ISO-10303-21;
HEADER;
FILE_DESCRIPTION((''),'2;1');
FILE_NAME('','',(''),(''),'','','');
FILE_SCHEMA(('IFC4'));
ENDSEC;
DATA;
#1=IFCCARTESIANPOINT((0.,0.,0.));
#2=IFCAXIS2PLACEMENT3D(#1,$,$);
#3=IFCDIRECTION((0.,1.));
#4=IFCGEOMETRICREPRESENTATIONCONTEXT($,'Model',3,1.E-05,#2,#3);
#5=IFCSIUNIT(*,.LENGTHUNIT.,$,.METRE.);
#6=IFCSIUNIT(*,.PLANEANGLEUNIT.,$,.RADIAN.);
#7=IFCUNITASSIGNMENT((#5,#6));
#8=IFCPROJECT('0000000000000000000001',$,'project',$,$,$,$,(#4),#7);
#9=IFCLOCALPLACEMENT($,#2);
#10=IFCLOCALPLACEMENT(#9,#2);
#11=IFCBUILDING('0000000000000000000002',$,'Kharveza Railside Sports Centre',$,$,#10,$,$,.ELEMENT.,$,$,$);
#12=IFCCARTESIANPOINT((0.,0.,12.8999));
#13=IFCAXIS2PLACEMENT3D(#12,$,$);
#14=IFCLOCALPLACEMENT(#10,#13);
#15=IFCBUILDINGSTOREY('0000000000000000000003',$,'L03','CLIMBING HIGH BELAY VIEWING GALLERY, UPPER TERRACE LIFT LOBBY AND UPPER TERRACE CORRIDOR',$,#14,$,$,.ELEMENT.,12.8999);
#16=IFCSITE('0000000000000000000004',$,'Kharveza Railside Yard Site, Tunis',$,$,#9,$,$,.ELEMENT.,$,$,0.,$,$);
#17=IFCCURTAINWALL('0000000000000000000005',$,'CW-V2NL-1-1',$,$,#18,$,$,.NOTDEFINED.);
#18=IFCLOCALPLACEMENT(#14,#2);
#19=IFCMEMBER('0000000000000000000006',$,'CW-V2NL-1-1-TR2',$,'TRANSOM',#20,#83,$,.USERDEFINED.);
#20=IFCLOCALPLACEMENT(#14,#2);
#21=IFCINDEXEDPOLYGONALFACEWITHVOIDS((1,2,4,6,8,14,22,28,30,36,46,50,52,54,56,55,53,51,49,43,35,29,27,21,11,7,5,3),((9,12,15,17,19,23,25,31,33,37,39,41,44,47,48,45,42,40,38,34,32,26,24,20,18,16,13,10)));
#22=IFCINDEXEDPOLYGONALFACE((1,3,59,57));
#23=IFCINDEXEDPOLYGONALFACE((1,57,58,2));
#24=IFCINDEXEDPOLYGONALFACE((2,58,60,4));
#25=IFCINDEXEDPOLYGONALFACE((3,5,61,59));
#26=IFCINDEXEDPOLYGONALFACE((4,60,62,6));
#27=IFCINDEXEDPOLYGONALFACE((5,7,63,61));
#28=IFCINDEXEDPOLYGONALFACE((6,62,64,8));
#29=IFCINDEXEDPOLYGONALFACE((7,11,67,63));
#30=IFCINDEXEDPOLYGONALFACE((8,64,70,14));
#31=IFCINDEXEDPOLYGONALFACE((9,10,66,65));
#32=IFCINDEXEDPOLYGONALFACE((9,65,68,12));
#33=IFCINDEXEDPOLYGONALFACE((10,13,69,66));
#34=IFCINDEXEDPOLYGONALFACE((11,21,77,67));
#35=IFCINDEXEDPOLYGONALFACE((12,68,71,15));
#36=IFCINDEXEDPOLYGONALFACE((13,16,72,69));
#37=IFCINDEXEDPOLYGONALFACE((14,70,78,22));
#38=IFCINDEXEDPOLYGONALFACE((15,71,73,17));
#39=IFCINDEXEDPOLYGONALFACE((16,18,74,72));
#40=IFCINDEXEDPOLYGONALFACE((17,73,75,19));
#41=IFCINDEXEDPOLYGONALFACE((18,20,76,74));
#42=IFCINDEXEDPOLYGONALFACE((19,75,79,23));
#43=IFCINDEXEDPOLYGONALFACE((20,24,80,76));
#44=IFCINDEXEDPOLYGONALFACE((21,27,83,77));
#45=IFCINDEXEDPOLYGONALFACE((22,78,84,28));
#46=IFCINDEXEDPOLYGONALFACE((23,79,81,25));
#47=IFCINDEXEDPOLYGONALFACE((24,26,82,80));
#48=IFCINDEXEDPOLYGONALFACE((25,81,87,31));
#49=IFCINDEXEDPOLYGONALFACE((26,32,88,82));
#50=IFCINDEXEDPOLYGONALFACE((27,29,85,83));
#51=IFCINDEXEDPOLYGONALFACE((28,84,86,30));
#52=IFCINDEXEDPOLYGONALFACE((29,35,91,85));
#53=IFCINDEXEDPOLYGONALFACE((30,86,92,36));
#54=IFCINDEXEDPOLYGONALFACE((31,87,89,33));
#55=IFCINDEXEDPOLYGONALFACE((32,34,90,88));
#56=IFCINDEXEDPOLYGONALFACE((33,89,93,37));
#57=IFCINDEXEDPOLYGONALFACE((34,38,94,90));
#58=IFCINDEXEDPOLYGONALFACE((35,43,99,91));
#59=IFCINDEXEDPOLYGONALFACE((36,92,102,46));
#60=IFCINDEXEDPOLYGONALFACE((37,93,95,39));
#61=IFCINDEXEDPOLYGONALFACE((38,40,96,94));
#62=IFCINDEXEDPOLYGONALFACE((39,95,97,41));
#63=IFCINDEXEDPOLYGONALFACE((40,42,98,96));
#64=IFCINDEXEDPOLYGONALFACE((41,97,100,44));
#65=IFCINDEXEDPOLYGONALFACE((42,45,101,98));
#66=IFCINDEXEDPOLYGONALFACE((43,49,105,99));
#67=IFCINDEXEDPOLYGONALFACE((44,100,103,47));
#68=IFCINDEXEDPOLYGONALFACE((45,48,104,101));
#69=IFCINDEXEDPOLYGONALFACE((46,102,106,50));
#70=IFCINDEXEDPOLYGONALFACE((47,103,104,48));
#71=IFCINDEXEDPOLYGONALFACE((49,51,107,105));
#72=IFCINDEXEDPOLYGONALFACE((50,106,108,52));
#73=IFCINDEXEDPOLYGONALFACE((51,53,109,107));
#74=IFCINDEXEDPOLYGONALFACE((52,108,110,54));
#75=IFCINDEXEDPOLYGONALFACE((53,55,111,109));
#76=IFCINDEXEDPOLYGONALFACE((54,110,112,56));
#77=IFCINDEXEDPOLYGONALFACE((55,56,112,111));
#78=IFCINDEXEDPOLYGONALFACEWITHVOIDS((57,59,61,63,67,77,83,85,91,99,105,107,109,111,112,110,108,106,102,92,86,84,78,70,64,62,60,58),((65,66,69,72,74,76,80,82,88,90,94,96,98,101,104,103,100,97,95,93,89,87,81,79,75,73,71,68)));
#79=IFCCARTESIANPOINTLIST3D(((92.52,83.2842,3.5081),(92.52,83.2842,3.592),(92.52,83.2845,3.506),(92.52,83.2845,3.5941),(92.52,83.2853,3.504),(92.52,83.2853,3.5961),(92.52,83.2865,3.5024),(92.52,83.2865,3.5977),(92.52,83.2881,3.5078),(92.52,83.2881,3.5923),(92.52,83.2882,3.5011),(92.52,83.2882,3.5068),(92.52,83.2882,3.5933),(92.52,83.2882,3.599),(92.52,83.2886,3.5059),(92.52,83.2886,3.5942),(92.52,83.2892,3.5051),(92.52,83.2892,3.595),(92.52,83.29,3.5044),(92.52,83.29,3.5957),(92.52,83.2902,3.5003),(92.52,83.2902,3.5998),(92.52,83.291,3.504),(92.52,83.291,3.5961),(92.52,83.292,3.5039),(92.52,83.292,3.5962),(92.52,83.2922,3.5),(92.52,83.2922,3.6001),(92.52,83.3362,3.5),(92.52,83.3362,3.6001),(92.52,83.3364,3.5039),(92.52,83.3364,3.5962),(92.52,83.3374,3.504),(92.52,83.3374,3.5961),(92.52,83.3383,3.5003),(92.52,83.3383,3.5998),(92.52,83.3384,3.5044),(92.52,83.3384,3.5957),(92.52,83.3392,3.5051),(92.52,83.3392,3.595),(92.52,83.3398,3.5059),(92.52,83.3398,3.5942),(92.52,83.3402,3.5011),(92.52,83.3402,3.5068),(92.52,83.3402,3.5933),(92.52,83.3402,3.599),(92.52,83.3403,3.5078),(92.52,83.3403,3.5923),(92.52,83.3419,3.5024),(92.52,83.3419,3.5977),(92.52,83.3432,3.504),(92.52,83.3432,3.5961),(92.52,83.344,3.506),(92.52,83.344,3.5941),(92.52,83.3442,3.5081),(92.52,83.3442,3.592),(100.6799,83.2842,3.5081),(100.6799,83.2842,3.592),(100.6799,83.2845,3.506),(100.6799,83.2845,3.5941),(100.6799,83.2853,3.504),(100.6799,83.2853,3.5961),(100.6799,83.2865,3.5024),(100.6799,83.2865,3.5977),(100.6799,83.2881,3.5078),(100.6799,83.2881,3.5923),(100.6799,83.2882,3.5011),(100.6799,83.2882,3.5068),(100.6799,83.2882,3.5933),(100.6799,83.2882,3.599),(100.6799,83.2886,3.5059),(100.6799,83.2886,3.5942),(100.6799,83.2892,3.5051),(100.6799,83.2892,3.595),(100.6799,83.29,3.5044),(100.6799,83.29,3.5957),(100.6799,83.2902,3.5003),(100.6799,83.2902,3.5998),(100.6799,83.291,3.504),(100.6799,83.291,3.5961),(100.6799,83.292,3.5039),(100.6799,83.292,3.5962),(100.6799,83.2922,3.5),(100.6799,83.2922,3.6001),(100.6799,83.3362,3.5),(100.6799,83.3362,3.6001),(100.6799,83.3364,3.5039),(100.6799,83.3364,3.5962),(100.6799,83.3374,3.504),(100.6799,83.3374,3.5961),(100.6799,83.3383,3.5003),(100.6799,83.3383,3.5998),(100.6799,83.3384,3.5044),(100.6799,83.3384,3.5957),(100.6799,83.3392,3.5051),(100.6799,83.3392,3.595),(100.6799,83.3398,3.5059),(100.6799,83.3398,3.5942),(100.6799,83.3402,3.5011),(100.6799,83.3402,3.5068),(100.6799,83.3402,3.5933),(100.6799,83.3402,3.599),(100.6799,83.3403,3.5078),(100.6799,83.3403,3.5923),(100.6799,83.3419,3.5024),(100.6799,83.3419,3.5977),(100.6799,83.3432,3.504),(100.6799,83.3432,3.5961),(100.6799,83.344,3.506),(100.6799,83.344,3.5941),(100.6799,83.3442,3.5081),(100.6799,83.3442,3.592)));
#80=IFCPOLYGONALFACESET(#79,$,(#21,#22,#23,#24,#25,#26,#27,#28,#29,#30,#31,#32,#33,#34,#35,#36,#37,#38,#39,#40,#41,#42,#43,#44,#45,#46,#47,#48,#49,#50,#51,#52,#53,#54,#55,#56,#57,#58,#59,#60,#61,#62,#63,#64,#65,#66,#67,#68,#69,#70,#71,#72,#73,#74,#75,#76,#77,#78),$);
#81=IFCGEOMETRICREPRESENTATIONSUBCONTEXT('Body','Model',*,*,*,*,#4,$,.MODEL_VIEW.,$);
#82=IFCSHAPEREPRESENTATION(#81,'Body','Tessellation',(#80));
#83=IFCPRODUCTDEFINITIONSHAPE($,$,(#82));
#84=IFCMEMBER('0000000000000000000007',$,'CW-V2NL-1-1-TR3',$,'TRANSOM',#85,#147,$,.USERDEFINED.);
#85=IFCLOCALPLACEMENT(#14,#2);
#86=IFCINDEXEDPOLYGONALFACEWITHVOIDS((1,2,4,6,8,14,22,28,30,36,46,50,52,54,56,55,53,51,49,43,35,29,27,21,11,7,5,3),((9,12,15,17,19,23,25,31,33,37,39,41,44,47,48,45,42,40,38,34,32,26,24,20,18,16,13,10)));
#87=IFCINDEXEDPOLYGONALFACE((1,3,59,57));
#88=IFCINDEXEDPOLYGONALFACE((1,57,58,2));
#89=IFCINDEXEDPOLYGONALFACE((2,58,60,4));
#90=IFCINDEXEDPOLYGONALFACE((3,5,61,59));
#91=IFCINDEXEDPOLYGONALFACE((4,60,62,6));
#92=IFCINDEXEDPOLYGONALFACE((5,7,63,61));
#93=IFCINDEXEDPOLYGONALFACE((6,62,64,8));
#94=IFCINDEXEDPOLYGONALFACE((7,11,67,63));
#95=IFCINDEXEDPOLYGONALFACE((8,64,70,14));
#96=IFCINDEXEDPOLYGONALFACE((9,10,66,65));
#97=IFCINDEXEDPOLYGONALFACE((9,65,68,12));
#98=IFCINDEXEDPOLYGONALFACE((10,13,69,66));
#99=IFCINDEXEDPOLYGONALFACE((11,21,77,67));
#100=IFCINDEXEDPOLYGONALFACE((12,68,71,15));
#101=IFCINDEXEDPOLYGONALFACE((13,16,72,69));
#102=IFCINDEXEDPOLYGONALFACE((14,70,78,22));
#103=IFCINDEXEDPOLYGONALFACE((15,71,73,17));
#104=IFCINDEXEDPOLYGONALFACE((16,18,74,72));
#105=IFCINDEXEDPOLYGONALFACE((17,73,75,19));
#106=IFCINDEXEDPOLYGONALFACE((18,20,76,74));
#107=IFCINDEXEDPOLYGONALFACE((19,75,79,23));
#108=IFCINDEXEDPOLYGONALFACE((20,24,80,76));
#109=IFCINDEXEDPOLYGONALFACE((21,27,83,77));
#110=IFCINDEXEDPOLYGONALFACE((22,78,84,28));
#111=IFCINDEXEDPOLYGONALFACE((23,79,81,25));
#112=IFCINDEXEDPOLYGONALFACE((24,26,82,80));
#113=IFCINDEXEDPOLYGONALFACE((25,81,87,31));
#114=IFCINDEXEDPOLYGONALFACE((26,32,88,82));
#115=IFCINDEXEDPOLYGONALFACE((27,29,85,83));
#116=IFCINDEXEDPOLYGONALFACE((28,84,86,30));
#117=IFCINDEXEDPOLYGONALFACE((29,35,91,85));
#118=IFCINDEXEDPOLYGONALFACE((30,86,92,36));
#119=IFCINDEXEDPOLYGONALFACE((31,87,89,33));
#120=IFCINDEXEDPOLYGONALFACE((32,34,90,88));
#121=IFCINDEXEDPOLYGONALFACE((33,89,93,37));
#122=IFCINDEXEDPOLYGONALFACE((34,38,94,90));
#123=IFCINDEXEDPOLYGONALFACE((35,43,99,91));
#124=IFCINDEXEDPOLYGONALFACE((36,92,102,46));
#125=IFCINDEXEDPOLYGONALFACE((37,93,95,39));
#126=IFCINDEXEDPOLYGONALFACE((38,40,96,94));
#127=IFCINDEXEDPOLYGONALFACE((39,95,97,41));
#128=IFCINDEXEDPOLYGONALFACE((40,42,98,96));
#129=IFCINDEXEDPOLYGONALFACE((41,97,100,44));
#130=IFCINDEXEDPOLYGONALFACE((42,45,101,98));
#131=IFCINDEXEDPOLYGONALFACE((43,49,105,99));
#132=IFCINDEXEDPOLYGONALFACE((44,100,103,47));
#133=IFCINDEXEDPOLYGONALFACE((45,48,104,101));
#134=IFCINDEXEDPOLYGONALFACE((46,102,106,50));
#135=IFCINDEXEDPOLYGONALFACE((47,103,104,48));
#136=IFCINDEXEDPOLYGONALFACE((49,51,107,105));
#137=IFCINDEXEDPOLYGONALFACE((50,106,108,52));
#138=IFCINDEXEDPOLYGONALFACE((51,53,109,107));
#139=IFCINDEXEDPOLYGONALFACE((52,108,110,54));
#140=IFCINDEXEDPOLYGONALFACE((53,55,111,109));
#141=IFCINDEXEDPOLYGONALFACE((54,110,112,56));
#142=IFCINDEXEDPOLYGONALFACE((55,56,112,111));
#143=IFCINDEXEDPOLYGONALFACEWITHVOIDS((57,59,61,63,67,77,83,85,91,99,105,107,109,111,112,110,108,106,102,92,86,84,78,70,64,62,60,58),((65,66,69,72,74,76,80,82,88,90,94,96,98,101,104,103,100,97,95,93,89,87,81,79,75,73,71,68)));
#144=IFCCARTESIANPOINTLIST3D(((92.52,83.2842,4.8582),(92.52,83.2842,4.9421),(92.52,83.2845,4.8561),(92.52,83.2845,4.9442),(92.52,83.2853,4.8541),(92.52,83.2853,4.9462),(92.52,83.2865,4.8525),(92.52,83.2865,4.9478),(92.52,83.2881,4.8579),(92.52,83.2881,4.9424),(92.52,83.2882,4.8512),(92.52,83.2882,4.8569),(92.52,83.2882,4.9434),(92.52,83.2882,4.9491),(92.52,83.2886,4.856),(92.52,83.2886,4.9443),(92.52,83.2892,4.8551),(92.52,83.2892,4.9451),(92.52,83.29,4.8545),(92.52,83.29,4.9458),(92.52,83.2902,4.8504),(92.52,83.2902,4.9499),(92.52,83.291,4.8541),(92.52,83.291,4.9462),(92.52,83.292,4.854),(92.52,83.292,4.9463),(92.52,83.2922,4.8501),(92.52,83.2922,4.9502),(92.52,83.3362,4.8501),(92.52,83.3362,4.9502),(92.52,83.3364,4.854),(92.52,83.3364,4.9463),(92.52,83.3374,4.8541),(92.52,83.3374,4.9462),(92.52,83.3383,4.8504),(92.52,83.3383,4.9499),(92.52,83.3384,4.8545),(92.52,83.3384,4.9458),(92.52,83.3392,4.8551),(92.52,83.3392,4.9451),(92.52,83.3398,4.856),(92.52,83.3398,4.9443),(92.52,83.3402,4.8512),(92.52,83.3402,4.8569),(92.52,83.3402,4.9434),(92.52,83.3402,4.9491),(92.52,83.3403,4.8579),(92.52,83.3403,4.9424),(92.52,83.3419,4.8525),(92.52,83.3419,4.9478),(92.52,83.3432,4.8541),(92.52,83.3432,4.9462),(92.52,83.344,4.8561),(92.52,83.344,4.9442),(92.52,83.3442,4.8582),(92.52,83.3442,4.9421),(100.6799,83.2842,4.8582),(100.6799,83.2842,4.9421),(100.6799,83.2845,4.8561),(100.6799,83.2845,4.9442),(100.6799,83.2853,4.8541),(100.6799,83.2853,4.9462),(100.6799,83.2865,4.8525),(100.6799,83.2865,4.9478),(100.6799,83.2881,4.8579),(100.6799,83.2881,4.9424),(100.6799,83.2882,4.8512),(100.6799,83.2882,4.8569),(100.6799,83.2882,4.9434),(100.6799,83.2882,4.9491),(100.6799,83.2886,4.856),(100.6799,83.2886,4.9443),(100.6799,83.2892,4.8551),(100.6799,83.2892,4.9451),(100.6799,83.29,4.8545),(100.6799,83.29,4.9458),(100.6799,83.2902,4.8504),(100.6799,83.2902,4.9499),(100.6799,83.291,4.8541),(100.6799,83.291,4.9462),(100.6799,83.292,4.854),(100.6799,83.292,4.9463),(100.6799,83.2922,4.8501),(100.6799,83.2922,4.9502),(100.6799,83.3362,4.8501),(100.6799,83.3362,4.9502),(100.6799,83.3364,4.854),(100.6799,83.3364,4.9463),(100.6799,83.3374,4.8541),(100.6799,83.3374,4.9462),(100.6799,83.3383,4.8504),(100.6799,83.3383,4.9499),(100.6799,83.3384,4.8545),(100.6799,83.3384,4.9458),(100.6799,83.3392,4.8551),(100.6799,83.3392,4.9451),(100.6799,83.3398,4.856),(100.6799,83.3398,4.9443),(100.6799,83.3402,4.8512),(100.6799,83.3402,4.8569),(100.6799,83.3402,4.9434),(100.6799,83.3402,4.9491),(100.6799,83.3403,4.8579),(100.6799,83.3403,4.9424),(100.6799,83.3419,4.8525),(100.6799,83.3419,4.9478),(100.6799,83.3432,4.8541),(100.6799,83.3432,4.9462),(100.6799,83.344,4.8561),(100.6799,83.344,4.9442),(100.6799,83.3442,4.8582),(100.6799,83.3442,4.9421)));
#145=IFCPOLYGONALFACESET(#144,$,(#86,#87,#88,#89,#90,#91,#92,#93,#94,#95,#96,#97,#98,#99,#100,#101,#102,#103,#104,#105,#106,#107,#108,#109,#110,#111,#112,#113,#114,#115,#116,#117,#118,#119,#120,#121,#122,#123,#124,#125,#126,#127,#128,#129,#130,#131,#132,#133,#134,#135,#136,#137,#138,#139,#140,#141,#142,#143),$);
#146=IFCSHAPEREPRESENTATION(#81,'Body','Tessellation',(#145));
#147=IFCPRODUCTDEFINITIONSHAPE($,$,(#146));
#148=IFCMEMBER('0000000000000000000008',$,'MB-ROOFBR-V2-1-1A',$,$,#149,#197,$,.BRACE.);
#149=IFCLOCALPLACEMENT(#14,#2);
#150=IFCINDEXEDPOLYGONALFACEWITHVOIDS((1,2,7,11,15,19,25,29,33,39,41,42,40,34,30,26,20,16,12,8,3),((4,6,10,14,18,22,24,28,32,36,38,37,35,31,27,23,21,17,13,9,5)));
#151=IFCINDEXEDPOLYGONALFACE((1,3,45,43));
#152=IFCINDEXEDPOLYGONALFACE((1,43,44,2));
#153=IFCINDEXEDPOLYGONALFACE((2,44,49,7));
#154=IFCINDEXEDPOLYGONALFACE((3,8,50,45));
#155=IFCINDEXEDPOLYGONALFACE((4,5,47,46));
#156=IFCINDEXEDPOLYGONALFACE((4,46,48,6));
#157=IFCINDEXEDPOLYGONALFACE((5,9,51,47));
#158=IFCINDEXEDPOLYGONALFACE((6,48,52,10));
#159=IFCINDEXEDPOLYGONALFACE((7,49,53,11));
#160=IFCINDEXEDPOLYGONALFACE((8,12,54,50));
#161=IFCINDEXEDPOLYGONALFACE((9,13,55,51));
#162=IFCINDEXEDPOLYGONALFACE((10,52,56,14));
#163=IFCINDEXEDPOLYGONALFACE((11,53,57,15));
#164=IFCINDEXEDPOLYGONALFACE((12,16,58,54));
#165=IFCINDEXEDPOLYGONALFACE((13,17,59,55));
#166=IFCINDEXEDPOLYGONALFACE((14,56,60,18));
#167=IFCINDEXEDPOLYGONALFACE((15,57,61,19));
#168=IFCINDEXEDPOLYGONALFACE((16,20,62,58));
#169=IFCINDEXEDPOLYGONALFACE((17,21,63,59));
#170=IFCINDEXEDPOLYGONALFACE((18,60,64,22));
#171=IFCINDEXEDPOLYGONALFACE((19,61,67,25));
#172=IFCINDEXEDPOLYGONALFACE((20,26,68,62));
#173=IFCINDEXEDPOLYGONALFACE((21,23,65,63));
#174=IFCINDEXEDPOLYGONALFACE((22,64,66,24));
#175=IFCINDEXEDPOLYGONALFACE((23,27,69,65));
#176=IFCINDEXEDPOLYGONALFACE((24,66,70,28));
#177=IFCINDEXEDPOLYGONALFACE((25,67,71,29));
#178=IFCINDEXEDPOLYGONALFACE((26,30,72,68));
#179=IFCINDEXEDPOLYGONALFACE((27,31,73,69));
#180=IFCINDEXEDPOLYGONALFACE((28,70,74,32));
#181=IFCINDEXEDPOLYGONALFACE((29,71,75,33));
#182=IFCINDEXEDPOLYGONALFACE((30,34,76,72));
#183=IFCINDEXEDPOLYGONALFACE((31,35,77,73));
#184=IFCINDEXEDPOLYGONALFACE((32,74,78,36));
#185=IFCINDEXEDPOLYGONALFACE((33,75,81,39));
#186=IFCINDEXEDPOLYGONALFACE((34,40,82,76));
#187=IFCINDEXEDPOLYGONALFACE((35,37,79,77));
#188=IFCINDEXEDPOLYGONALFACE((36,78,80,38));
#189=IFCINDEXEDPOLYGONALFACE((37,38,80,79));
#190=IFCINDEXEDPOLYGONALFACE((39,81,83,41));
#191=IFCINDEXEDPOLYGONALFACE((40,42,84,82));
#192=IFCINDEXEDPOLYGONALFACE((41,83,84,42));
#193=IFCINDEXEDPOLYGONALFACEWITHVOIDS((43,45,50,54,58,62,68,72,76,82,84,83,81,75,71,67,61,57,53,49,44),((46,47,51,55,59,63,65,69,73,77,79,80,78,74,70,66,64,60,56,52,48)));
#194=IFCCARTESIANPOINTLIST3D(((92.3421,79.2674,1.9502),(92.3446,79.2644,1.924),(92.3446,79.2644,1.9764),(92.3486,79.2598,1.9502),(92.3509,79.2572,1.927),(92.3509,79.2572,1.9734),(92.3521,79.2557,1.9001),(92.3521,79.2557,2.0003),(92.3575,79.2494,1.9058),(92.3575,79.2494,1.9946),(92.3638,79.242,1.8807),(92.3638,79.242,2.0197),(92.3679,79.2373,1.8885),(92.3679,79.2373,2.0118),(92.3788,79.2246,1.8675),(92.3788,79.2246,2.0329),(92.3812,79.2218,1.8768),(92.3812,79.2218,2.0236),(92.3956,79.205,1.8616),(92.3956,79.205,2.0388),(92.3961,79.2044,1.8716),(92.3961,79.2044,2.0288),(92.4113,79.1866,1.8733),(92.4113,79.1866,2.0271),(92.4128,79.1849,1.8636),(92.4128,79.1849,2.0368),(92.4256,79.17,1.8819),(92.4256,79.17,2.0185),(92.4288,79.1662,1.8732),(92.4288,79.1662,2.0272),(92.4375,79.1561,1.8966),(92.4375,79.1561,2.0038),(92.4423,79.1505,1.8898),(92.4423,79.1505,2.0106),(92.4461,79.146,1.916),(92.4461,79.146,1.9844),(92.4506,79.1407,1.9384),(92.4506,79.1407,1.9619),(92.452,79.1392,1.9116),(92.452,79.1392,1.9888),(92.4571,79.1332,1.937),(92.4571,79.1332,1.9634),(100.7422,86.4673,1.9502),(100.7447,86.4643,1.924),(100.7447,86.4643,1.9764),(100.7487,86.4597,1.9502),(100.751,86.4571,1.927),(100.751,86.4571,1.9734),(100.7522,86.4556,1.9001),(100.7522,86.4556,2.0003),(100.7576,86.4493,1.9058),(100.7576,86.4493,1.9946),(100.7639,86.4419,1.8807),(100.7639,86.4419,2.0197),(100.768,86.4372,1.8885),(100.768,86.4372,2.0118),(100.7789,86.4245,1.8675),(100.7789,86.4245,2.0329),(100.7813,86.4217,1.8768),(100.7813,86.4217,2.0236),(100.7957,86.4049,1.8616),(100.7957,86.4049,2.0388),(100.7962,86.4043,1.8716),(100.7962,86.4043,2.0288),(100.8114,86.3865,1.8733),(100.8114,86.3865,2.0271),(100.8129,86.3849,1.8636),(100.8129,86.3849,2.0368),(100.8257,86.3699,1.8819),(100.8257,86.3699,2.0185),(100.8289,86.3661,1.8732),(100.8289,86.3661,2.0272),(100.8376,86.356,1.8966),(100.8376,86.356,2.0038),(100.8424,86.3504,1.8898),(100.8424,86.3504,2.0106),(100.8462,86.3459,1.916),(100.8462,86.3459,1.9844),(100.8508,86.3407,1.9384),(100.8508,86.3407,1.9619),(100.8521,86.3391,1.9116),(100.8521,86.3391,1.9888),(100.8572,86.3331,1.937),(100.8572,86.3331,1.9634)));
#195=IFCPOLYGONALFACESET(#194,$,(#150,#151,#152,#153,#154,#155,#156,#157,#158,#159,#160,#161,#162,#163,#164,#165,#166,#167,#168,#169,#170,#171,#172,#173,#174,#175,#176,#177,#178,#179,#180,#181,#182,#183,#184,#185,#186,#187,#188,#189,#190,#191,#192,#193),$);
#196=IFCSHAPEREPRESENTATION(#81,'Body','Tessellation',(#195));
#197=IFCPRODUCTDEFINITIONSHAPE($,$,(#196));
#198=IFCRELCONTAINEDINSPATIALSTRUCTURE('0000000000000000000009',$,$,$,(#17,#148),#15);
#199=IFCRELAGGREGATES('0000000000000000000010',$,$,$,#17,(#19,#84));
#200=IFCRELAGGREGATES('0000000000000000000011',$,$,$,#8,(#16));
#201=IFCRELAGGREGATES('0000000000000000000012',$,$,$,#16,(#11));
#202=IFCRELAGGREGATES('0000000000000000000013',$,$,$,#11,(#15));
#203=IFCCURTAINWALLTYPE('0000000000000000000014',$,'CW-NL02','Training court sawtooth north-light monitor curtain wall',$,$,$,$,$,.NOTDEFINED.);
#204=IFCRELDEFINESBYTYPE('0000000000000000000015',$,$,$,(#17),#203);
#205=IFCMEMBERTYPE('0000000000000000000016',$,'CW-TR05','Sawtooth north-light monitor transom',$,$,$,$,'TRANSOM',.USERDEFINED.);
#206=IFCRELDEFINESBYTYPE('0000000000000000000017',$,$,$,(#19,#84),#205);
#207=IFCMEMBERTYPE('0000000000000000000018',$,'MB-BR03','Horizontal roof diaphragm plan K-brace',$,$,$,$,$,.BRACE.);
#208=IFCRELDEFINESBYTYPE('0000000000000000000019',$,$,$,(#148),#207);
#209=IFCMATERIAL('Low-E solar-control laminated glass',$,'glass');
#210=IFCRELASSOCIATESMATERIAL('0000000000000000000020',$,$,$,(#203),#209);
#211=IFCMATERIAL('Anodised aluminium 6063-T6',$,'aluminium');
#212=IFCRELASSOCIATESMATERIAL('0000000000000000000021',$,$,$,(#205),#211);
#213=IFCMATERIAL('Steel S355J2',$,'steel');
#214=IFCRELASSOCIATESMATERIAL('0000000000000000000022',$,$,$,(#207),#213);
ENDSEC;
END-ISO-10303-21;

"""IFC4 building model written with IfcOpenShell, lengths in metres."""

from ifc_helpers import new_model, si_unit, direction, frame, origin, origin_2d, place, context, subcontext, project, spatial, hollow_rectangle, hollow_circle, extrude, material, material_profile, profile_set, type_object, element, aggregate, save


model = new_model("IFC4")

# Units and contexts
model_context = context("Model", 3, precision=1e-05, world=origin(), true_north=direction((0.0, 1.0)))
body_context = subcontext(model_context, "Body", "Model", "MODEL_VIEW")
ifc_project = project(units=[si_unit("LENGTHUNIT", "METRE"), si_unit("PLANEANGLEUNIT", "RADIAN")], contexts=[model_context])

# Site, building, storey
site_placement = place(None, origin())
site = spatial("IfcSite", under=ifc_project, at=site_placement, Name="Kharveza Railside Yard Site, Tunis", CompositionType="ELEMENT", RefElevation=0.0)
building_placement = place(site_placement, origin())
building = spatial("IfcBuilding", under=site, at=building_placement, Name="Kharveza Railside Sports Centre", CompositionType="ELEMENT")
storey_placement = place(building_placement, frame((0.0, 0.0, 12.8999)))
storey = spatial("IfcBuildingStorey", under=building, at=storey_placement, Name="L03", Description="CLIMBING HIGH BELAY VIEWING GALLERY, UPPER TERRACE LIFT LOBBY AND UPPER TERRACE CORRIDOR", CompositionType="ELEMENT", Elevation=12.8999)

# Shared definitions
ifc_material_1 = material(Name="Steel S355J2", Category="steel")

# Curtain wall, members
ifc_material_2 = material(Name="Low-E solar-control laminated glass", Category="glass")
curtain_wall_type = type_object("IfcCurtainWallType", Name="CW-NL02", Description="Training court sawtooth north-light monitor curtain wall", PredefinedType="NOTDEFINED", material=ifc_material_2)
curtain_wall_placement = place(storey_placement, origin())
curtain_wall = element("IfcCurtainWall", 1, at=curtain_wall_placement, inside=storey, type_object=curtain_wall_type, Name="CW-V2NL-1-1", PredefinedType="NOTDEFINED")
ifc_material_3 = material(Name="Anodised aluminium 6063-T6", Category="aluminium")
ifc_material_profile_1 = material_profile(ifc_material_3, hollow_rectangle(XDim=0.0601, YDim=0.1001, WallThickness=0.0039, InnerFilletRadius=0.0039, OuterFilletRadius=0.0081, at=origin_2d()), Name="RHS 60x100x4.0")
ifc_profile_set_1 = profile_set([ifc_material_profile_1], Name="Anodised aluminium 6063-T6")
member_type_1 = type_object("IfcMemberType", Name="CW-TR05", Description="Sawtooth north-light monitor transom", ElementType="TRANSOM", PredefinedType="USERDEFINED", material=ifc_profile_set_1)
member_1_placement = place(storey_placement, frame((92.52, 83.3142, 3.55), z_axis=(1.0, 0.0, 0.0), x_axis=(0.0, 1.0, 0.0)))
member_1 = element("IfcMember", 2, at=member_1_placement, type_object=member_type_1, Name="CW-V2NL-1-1-TR2", ObjectType="TRANSOM", PredefinedType="USERDEFINED", context=body_context, shape_type="SweptSolid", body=[
    extrude(hollow_rectangle(XDim=0.0601, YDim=0.1001, WallThickness=0.0039, InnerFilletRadius=0.0039, OuterFilletRadius=0.0081, at=origin_2d()), origin(), (0.0, 0.0, 1.0), 8.1599),
])
member_2_placement = place(storey_placement, frame((92.52, 83.3142, 4.9001), z_axis=(1.0, 0.0, 0.0), x_axis=(0.0, 1.0, 0.0)))
member_2 = element("IfcMember", 3, at=member_2_placement, type_object=member_type_1, Name="CW-V2NL-1-1-TR3", ObjectType="TRANSOM", PredefinedType="USERDEFINED", context=body_context, shape_type="SweptSolid", body=[
    extrude(hollow_rectangle(XDim=0.0601, YDim=0.1001, WallThickness=0.0039, InnerFilletRadius=0.0039, OuterFilletRadius=0.0081, at=origin_2d()), origin(), (0.0, 0.0, 1.0), 8.1599),
])

# Member
ifc_material_profile_2 = material_profile(ifc_material_1, hollow_circle(Radius=0.0889, WallThickness=0.01, at=origin_2d()), Name="CHS 177.8x10.0")
ifc_profile_set_2 = profile_set([ifc_material_profile_2], Name="Steel S355J2")
member_type_2 = type_object("IfcMemberType", Name="MB-BR03", Description="Horizontal roof diaphragm plan K-brace", PredefinedType="BRACE", material=ifc_profile_set_2)
member_3_placement = place(storey_placement, frame((92.3999, 79.2, 1.9502), z_axis=(0.759264, 0.650782, 0.0), x_axis=(-0.650782, 0.759264, 0.0)))
element("IfcMember", 4, at=member_3_placement, inside=storey, type_object=member_type_2, Name="MB-ROOFBR-V2-1-1A", PredefinedType="BRACE", context=body_context, shape_type="SweptSolid", body=[
    extrude(hollow_circle(Radius=0.0889, WallThickness=0.01, at=origin_2d()), origin(), (0.0, 0.0, 1.0), 11.0635),
])

aggregate(curtain_wall, [member_1, member_2])

save(model, "model.ifc")
